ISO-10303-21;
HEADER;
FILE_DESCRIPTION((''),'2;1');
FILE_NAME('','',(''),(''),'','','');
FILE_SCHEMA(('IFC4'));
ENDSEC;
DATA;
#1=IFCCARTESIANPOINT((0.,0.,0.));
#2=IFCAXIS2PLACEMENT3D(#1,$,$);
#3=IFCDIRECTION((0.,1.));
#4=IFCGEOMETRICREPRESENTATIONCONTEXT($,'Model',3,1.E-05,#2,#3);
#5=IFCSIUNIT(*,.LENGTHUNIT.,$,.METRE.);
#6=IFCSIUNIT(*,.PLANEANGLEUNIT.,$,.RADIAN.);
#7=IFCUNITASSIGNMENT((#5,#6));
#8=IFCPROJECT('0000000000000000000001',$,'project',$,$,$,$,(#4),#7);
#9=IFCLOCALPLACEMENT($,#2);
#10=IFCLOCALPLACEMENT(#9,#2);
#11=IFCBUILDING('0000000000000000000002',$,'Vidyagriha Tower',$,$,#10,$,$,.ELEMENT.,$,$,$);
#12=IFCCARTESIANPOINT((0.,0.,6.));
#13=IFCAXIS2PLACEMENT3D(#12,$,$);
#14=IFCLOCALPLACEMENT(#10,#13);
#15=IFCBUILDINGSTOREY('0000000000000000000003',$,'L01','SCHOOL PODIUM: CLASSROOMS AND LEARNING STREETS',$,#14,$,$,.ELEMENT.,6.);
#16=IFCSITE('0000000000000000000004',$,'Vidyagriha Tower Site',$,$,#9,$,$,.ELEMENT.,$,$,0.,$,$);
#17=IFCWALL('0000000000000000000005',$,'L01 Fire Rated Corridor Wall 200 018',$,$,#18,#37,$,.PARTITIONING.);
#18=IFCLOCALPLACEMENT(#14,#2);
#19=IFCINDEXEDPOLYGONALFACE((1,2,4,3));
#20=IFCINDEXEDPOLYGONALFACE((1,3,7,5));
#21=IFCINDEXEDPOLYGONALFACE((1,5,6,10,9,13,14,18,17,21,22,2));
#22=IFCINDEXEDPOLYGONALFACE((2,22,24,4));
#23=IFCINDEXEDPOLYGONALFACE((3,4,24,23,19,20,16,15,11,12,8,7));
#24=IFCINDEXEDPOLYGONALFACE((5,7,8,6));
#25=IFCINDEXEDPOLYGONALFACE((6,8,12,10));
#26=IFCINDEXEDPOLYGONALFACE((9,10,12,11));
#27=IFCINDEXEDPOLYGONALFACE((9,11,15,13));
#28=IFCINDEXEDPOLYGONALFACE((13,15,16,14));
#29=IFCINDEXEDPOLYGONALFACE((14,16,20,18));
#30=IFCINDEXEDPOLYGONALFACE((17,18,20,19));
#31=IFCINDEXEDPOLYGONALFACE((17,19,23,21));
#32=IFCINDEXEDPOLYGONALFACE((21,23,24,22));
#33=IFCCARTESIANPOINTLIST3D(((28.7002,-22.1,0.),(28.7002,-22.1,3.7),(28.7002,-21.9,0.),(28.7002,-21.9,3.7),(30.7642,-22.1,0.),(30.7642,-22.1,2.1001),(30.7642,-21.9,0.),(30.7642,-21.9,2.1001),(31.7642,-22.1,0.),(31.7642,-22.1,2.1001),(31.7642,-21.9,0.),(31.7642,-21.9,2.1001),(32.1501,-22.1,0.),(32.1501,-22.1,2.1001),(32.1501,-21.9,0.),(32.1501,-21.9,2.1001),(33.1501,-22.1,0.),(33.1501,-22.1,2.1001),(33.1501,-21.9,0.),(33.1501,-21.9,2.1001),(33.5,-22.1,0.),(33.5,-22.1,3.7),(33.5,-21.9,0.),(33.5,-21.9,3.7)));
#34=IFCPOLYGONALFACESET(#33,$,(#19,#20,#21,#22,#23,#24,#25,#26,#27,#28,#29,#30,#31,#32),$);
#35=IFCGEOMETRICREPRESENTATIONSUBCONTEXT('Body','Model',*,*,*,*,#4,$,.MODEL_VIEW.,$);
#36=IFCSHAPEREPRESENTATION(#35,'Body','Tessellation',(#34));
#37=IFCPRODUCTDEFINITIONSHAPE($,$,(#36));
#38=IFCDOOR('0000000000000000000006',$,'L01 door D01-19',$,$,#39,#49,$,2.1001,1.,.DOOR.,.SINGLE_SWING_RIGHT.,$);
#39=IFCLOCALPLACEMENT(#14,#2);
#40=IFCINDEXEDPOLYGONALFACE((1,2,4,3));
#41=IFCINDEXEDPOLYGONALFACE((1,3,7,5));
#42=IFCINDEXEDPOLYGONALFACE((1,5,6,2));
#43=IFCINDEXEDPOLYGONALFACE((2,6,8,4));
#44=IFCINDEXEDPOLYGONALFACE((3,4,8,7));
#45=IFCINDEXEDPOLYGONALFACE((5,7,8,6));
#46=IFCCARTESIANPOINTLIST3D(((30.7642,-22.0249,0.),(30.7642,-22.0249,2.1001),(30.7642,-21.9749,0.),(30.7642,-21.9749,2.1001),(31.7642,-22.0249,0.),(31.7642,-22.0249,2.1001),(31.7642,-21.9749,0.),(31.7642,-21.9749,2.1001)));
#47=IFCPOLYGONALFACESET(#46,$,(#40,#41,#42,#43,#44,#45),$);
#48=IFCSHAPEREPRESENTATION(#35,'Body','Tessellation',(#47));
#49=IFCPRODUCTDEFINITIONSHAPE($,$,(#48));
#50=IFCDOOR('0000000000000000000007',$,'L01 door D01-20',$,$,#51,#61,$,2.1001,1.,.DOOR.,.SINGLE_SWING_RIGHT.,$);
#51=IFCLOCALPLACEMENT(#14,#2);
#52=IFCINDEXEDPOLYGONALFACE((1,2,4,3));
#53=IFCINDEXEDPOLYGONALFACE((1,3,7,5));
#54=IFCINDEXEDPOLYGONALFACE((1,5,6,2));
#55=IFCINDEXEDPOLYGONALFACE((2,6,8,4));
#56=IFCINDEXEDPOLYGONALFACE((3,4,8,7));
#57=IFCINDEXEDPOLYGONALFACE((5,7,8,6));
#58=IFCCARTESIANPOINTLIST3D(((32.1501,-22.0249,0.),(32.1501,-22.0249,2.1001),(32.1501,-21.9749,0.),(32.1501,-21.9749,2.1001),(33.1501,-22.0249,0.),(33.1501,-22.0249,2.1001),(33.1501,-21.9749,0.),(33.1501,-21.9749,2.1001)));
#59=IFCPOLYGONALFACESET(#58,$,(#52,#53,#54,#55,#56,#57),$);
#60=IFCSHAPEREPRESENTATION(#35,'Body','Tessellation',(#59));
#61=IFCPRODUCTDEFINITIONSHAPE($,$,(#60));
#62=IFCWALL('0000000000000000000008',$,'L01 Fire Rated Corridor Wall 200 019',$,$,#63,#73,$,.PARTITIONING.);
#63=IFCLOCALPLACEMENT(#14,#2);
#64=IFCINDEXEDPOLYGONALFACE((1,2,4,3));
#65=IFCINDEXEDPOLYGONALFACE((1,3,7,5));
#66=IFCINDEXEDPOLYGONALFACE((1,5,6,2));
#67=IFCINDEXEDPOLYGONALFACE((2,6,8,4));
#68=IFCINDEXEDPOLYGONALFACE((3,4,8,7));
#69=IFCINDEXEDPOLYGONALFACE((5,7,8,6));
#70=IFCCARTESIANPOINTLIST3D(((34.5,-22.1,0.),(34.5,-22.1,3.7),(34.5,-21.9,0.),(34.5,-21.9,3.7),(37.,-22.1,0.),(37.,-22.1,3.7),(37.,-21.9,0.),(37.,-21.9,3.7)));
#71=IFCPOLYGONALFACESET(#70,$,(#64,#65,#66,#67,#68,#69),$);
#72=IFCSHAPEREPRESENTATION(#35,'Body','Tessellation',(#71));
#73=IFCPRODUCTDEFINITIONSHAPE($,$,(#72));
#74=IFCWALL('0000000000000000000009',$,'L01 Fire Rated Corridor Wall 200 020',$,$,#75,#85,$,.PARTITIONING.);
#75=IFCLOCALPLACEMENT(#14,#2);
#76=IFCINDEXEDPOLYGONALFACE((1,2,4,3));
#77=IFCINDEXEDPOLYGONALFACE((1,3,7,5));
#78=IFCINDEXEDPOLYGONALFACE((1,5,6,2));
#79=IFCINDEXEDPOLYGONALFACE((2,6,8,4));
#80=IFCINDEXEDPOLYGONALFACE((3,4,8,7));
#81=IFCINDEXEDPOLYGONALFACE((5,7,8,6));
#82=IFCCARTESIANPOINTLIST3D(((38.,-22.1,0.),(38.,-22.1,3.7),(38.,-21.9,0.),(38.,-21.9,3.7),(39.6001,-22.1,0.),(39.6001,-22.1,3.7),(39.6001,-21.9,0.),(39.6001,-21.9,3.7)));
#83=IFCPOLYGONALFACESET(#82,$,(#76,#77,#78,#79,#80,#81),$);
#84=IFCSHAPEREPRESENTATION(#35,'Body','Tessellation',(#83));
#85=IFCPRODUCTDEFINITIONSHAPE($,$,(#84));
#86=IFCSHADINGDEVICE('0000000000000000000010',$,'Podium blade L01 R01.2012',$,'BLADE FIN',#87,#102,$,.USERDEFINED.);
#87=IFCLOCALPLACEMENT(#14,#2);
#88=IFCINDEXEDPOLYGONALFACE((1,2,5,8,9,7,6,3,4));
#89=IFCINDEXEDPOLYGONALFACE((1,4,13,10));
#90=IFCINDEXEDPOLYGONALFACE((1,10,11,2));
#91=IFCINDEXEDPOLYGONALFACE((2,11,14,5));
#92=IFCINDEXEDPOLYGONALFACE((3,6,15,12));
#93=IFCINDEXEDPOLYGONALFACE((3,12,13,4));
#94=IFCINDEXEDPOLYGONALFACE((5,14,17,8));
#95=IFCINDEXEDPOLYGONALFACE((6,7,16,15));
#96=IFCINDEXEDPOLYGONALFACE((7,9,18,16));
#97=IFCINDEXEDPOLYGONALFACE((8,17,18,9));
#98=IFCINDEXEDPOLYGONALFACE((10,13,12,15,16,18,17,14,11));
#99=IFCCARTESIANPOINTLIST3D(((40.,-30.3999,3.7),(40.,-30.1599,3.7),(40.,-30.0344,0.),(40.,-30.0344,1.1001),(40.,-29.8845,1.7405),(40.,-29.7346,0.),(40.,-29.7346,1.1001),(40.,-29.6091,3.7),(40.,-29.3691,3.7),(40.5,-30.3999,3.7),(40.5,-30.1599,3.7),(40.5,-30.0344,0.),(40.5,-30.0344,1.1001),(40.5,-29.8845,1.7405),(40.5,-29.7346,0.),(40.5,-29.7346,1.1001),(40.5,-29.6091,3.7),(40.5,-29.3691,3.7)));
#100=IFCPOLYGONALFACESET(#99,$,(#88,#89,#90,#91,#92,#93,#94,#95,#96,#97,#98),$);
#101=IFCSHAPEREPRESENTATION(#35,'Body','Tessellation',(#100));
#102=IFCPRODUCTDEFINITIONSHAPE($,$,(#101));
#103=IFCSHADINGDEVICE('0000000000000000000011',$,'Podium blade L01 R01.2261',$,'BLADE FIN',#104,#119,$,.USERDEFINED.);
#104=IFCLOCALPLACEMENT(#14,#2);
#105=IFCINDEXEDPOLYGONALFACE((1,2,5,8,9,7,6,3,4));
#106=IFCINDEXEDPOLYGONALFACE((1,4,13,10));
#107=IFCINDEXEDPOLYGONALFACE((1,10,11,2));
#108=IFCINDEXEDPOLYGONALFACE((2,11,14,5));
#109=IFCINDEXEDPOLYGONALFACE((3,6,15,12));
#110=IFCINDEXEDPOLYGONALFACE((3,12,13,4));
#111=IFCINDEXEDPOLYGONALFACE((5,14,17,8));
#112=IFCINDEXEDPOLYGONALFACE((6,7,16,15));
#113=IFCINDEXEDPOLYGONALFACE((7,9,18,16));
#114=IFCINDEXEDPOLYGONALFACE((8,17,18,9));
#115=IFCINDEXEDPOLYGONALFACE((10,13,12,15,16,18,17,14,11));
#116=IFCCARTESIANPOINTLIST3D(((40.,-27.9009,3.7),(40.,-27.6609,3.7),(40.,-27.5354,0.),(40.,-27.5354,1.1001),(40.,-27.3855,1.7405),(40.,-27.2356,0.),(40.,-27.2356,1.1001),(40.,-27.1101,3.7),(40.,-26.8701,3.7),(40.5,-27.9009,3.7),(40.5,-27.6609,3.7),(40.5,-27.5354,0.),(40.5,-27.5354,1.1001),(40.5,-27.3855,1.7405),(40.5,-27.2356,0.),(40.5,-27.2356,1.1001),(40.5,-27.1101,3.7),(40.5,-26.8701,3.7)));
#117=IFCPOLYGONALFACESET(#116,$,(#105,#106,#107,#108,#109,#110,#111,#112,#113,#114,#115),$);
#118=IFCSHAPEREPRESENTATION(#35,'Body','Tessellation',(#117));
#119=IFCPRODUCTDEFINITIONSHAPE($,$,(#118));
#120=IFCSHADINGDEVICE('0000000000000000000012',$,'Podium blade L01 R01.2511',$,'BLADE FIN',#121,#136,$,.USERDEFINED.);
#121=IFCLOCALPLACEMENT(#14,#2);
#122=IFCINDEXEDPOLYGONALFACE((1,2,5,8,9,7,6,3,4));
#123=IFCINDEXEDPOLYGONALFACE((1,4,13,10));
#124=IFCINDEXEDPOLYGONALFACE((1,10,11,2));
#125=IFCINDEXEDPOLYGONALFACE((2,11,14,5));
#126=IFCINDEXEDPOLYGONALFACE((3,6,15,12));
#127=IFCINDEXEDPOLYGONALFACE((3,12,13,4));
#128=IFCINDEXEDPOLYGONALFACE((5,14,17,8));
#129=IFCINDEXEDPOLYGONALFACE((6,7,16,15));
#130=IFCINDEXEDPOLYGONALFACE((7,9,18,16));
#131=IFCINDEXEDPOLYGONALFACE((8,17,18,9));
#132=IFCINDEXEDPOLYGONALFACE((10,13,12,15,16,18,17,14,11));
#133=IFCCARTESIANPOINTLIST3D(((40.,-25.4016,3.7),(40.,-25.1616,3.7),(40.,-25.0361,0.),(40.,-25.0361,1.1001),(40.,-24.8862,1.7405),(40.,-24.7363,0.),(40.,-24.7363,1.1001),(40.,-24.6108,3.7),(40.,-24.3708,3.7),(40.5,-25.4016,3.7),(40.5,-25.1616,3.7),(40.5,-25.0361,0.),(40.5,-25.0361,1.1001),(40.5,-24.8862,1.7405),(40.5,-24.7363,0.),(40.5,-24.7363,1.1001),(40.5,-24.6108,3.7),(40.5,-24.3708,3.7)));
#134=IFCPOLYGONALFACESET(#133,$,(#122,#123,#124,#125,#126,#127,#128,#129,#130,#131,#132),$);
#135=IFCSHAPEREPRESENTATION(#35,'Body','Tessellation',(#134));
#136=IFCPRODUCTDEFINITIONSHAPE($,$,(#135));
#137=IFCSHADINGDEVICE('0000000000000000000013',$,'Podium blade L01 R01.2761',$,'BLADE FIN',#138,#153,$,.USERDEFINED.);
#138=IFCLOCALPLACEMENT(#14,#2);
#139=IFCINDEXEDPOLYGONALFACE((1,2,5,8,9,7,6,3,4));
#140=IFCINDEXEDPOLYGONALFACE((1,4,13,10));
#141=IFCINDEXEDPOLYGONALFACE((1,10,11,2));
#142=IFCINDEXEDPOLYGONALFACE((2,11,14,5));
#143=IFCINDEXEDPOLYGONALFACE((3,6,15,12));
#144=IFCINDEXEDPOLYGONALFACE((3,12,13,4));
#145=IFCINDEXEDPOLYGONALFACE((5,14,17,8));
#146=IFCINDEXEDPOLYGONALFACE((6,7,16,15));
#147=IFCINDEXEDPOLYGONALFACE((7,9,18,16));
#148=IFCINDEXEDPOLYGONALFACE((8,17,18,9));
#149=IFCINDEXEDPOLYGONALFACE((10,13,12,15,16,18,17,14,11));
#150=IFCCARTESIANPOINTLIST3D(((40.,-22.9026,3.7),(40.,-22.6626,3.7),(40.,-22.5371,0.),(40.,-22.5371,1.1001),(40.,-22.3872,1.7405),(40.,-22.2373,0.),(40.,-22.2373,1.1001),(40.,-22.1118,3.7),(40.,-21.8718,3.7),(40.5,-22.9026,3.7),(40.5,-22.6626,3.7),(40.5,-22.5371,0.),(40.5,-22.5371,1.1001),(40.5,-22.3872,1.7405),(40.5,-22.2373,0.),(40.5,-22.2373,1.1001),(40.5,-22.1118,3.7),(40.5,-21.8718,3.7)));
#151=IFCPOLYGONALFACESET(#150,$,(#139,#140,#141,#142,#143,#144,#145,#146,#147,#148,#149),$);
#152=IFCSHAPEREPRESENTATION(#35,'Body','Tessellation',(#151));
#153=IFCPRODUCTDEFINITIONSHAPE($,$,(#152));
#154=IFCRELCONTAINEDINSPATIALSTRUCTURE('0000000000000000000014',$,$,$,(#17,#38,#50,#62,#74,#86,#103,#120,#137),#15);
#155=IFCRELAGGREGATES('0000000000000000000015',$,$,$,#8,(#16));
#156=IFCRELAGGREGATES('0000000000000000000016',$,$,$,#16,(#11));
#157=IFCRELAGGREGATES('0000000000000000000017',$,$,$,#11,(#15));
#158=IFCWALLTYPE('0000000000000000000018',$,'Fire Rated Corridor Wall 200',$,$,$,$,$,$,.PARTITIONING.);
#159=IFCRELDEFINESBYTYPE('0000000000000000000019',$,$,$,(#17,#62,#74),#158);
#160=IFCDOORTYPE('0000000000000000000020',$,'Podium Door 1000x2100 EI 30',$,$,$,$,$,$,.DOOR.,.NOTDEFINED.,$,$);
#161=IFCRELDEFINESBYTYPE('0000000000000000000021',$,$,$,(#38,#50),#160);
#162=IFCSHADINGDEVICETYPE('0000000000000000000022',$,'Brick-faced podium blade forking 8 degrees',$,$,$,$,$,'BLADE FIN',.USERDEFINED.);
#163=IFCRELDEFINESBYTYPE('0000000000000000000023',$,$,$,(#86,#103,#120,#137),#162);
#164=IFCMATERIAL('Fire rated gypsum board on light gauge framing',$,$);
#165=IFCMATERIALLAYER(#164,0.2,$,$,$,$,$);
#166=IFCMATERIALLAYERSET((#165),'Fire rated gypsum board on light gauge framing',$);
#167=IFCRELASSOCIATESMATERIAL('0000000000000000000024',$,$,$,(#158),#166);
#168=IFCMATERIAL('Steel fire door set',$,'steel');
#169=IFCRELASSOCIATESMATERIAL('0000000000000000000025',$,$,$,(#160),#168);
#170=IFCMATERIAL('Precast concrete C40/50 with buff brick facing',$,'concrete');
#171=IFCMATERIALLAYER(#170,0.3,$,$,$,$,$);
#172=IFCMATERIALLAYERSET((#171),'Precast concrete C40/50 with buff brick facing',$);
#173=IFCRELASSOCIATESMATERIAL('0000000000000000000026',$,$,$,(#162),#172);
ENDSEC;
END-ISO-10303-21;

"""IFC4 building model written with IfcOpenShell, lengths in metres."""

from ifc_helpers import new_model, si_unit, direction, frame, frame_2d, origin, place, context, subcontext, project, spatial, polyline, rectangle, outline, extrude, material, layer, layer_set, type_object, element, fill, save


model = new_model("IFC4")

# Units and contexts
model_context = context("Model", 3, precision=1e-05, world=origin(), true_north=direction((0.0, 1.0)))
body_context = subcontext(model_context, "Body", "Model", "MODEL_VIEW")
ifc_project = project(units=[si_unit("LENGTHUNIT", "METRE"), si_unit("PLANEANGLEUNIT", "RADIAN")], contexts=[model_context])

# Site, building, storey
site_placement = place(None, origin())
site = spatial("IfcSite", under=ifc_project, at=site_placement, Name="Vidyagriha Tower Site", CompositionType="ELEMENT", RefElevation=0.0)
building_placement = place(site_placement, origin())
building = spatial("IfcBuilding", under=site, at=building_placement, Name="Vidyagriha Tower", CompositionType="ELEMENT")
storey_placement = place(building_placement, frame((0.0, 0.0, 6.0)))
storey = spatial("IfcBuildingStorey", under=building, at=storey_placement, Name="L01", Description="SCHOOL PODIUM: CLASSROOMS AND LEARNING STREETS", CompositionType="ELEMENT", Elevation=6.0)

# Wall, openings, doors
ifc_material_1 = material(Name="Fire rated gypsum board on light gauge framing")
ifc_layer_1 = layer(ifc_material_1, 0.2)
ifc_layer_set_1 = layer_set([ifc_layer_1], Name="Fire rated gypsum board on light gauge framing")
wall_type_1 = type_object("IfcWallType", Name="Fire Rated Corridor Wall 200", PredefinedType="PARTITIONING", material=ifc_layer_set_1)
wall_1_placement = place(storey_placement, frame((28.7002, -22.0, 0.0)))
wall_1 = element("IfcWall", 1, at=wall_1_placement, inside=storey, type_object=wall_type_1, Name="L01 Fire Rated Corridor Wall 200 018", PredefinedType="PARTITIONING", context=body_context, shape_type="SweptSolid", body=[
    extrude(rectangle(XDim=4.7998, YDim=0.2, at=frame_2d((2.3999, 0.0))), origin(), (0.0, 0.0, 1.0), 3.7),
])
opening_1_placement = place(wall_1_placement, frame((2.064, 0.0, 0.0)))
opening_1 = element("IfcOpeningElement", 2, at=opening_1_placement, cuts=wall_1, PredefinedType="OPENING", context=body_context, shape_type="SweptSolid", body=[
    extrude(rectangle(XDim=1.0, YDim=2.1001, at=frame_2d((0.5, 1.05))), frame((0.0, 0.1099, 0.0), z_axis=(0.0, -1.0, 0.0), x_axis=(1.0, 0.0, 0.0)), (0.0, 0.0, 1.0), 0.22),
])
opening_2_placement = place(wall_1_placement, frame((3.45, 0.0, 0.0)))
opening_2 = element("IfcOpeningElement", 3, at=opening_2_placement, cuts=wall_1, PredefinedType="OPENING", context=body_context, shape_type="SweptSolid", body=[
    extrude(rectangle(XDim=1.0, YDim=2.1001, at=frame_2d((0.5, 1.05))), frame((0.0, 0.1099, 0.0), z_axis=(0.0, -1.0, 0.0), x_axis=(1.0, 0.0, 0.0)), (0.0, 0.0, 1.0), 0.22),
])
ifc_material_2 = material(Name="Steel fire door set", Category="steel")
door_type = type_object("IfcDoorType", Name="Podium Door 1000x2100 EI 30", OperationType="NOTDEFINED", PredefinedType="DOOR", material=ifc_material_2)
door_1_placement = place(opening_1_placement, frame((1.0, 0.0, 0.0), z_axis=(0.0, 0.0, 1.0), x_axis=(-1.0, 0.0, 0.0)))
door_1 = element("IfcDoor", 4, at=door_1_placement, inside=storey, type_object=door_type, Name="L01 door D01-19", OperationType="SINGLE_SWING_RIGHT", OverallHeight=2.1001, OverallWidth=1.0, PredefinedType="DOOR", context=body_context, shape_type="SweptSolid", body=[
    extrude(rectangle(XDim=1.0, YDim=2.1001, at=frame_2d((0.5, 1.05))), frame((0.0, 0.0249, 0.0), z_axis=(0.0, -1.0, 0.0), x_axis=(1.0, 0.0, 0.0)), (0.0, 0.0, 1.0), 0.05),
])
fill(opening_1, door_1)
door_2_placement = place(opening_2_placement, frame((1.0, 0.0, 0.0), z_axis=(0.0, 0.0, 1.0), x_axis=(-1.0, 0.0, 0.0)))
door_2 = element("IfcDoor", 5, at=door_2_placement, inside=storey, type_object=door_type, Name="L01 door D01-20", OperationType="SINGLE_SWING_RIGHT", OverallHeight=2.1001, OverallWidth=1.0, PredefinedType="DOOR", context=body_context, shape_type="SweptSolid", body=[
    extrude(rectangle(XDim=1.0, YDim=2.1001, at=frame_2d((0.5, 1.05))), frame((0.0, 0.0249, 0.0), z_axis=(0.0, -1.0, 0.0), x_axis=(1.0, 0.0, 0.0)), (0.0, 0.0, 1.0), 0.05),
])
fill(opening_2, door_2)

# Walls
wall_2_placement = place(storey_placement, frame((34.5, -22.0, 0.0)))
element("IfcWall", 6, at=wall_2_placement, inside=storey, type_object=wall_type_1, Name="L01 Fire Rated Corridor Wall 200 019", PredefinedType="PARTITIONING", context=body_context, shape_type="SweptSolid", body=[
    extrude(rectangle(XDim=2.5, YDim=0.2, at=frame_2d((1.25, 0.0))), origin(), (0.0, 0.0, 1.0), 3.7),
])
wall_3_placement = place(storey_placement, frame((38.0, -22.0, 0.0)))
element("IfcWall", 7, at=wall_3_placement, inside=storey, type_object=wall_type_1, Name="L01 Fire Rated Corridor Wall 200 020", PredefinedType="PARTITIONING", context=body_context, shape_type="SweptSolid", body=[
    extrude(rectangle(XDim=1.6001, YDim=0.2, at=frame_2d((0.8, 0.0))), origin(), (0.0, 0.0, 1.0), 3.7),
])

# Shading devices
ifc_material_3 = material(Name="Precast concrete C40/50 with buff brick facing", Category="concrete")
ifc_layer_2 = layer(ifc_material_3, 0.3)
ifc_layer_set_2 = layer_set([ifc_layer_2], Name="Precast concrete C40/50 with buff brick facing")
shading_device_type = type_object("IfcShadingDeviceType", Name="Brick-faced podium blade forking 8 degrees", ElementType="BLADE FIN", PredefinedType="USERDEFINED", material=ifc_layer_set_2)
for number, where, z_axis, x_axis, name in (
    (8, (40.25, -30.3999, 0.0), (0.0, 0.0, 1.0), (0.0, 1.0, 0.0), "Podium blade L01 R01.2012"),
    (9, (40.25, -27.9009, 0.0), (0.0, 0.0, 1.0), (0.0, 1.0, 0.0), "Podium blade L01 R01.2261"),
    (10, (40.25, -25.4016, 0.0), (0.0, 0.0, 1.0), (0.0, 1.0, 0.0), "Podium blade L01 R01.2511"),
    (11, (40.25, -22.9026, 0.0), (0.0, 0.0, 1.0), (0.0, 1.0, 0.0), "Podium blade L01 R01.2761"),
):
    element("IfcShadingDevice", number, at=place(storey_placement, frame(where, z_axis=z_axis, x_axis=x_axis)), inside=storey, type_object=shading_device_type, Name=name, ObjectType="BLADE FIN", PredefinedType="USERDEFINED", context=body_context, shape_type="SweptSolid", body=[
        extrude(outline(polyline([(0.6653, 0.0), (0.6653, 1.1001), (1.0308, 3.7), (0.7908, 3.7), (0.5154, 1.7405), (0.24, 3.7), (0.0, 3.7), (0.3655, 1.1001), (0.3655, 0.0), (0.6653, 0.0)])), frame((0.0, 0.25, 0.0), z_axis=(0.0, -1.0, 0.0), x_axis=(1.0, 0.0, 0.0)), (0.0, 0.0, 1.0), 0.5),
    ])

save(model, "model.ifc")
